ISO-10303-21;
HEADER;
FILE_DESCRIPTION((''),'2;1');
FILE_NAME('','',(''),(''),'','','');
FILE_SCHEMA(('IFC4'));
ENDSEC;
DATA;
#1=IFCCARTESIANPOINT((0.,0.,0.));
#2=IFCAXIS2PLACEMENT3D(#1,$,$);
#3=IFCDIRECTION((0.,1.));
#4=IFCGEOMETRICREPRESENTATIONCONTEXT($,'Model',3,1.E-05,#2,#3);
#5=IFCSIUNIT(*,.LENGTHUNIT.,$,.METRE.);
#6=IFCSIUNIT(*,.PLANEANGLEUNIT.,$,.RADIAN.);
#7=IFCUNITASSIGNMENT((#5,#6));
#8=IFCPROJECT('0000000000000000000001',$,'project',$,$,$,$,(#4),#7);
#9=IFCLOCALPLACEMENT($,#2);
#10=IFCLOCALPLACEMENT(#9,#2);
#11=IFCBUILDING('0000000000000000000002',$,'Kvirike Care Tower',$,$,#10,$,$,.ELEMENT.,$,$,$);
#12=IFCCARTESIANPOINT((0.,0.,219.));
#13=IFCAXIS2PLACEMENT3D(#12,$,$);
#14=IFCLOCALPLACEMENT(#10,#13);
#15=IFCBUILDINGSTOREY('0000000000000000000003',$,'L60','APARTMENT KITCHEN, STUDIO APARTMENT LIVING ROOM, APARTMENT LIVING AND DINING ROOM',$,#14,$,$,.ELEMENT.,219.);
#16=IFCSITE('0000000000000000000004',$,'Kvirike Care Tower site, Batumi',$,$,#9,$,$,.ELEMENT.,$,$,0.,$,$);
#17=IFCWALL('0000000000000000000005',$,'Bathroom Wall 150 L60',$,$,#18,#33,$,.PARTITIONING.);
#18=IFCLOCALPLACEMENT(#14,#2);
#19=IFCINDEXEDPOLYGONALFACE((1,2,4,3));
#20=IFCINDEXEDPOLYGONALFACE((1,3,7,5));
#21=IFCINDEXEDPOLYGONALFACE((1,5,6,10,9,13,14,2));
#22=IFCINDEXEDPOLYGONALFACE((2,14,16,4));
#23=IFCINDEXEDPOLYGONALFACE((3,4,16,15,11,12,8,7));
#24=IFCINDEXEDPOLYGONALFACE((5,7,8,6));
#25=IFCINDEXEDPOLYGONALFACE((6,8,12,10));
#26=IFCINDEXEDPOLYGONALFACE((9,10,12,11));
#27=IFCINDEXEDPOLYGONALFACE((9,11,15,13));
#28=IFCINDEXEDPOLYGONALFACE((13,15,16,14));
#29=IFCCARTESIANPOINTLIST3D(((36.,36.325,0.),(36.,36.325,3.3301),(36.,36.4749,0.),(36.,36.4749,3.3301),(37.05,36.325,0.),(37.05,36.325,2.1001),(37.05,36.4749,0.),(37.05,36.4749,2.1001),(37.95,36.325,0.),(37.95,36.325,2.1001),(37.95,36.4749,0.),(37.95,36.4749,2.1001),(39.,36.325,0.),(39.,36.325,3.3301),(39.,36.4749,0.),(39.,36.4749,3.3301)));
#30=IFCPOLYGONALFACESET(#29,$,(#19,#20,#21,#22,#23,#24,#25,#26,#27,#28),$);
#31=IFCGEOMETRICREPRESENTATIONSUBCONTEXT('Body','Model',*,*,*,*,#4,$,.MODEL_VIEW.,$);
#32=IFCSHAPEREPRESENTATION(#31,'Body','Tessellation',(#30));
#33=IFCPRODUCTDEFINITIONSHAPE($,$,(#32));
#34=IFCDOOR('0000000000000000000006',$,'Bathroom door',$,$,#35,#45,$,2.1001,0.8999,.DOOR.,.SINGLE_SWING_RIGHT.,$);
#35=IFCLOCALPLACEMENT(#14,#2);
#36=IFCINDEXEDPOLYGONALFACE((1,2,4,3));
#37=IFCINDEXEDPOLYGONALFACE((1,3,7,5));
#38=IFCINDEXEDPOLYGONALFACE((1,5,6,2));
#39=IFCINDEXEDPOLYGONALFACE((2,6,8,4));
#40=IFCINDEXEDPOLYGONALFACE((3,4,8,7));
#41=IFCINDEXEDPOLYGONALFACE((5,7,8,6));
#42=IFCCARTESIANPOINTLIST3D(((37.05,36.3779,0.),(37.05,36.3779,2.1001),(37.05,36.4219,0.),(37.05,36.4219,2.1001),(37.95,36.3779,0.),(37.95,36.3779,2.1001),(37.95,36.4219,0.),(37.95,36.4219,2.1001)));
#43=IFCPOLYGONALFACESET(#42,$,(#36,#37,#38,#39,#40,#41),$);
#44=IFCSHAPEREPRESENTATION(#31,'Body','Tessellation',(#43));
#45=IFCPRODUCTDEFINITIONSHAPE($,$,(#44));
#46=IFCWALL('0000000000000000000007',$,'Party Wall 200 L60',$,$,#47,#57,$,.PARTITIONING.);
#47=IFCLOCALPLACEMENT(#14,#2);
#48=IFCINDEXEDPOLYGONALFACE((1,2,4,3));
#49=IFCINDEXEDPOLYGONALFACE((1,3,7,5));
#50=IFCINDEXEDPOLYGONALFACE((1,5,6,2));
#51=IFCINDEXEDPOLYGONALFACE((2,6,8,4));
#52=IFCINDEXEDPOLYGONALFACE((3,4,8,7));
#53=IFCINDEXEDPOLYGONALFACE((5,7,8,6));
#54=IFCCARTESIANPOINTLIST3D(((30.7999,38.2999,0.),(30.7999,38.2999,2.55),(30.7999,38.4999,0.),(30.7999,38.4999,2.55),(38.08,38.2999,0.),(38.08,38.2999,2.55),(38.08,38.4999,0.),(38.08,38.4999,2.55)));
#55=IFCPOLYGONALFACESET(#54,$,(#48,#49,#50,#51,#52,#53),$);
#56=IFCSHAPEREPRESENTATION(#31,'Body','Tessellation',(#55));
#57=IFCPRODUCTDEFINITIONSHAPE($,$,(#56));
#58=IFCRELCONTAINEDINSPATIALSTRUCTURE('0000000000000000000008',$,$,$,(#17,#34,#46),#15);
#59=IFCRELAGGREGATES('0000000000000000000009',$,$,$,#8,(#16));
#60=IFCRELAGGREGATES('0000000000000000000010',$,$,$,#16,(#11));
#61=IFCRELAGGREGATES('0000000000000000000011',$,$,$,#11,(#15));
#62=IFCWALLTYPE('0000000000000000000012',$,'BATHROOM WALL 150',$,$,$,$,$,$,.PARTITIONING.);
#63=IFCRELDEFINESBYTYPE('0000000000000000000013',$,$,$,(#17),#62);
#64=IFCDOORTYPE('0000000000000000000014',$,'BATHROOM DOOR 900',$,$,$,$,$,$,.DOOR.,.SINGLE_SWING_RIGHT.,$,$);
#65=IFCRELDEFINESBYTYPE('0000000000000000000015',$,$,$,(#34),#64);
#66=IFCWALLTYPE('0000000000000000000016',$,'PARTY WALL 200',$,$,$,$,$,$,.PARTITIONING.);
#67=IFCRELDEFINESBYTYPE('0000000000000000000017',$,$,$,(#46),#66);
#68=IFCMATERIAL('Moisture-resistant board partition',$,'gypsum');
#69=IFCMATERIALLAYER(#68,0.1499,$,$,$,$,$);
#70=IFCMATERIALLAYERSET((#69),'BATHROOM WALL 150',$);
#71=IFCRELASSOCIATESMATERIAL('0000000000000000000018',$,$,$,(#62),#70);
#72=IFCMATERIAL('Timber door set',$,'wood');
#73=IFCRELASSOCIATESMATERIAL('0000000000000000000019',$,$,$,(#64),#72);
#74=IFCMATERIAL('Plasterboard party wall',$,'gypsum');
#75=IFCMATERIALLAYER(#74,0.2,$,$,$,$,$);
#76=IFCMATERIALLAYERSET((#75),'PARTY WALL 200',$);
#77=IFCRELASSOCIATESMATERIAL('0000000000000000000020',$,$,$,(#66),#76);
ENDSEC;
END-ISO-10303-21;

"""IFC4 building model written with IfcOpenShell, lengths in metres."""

from ifc_helpers import new_model, si_unit, direction, frame, frame_2d, origin, place, context, subcontext, project, spatial, rectangle, extrude, material, layer, layer_set, type_object, element, fill, save


model = new_model("IFC4")

# Units and contexts
model_context = context("Model", 3, precision=1e-05, world=origin(), true_north=direction((0.0, 1.0)))
body_context = subcontext(model_context, "Body", "Model", "MODEL_VIEW")
ifc_project = project(units=[si_unit("LENGTHUNIT", "METRE"), si_unit("PLANEANGLEUNIT", "RADIAN")], contexts=[model_context])

# Site, building, storey
site_placement = place(None, origin())
site = spatial("IfcSite", under=ifc_project, at=site_placement, Name="Kvirike Care Tower site, Batumi", CompositionType="ELEMENT", RefElevation=0.0)
building_placement = place(site_placement, origin())
building = spatial("IfcBuilding", under=site, at=building_placement, Name="Kvirike Care Tower", CompositionType="ELEMENT")
storey_placement = place(building_placement, frame((0.0, 0.0, 219.0)))
storey = spatial("IfcBuildingStorey", under=building, at=storey_placement, Name="L60", Description="APARTMENT KITCHEN, STUDIO APARTMENT LIVING ROOM, APARTMENT LIVING AND DINING ROOM", CompositionType="ELEMENT", Elevation=219.0)

# Wall, opening, door
ifc_material_1 = material(Name="Moisture-resistant board partition", Category="gypsum")
ifc_layer_1 = layer(ifc_material_1, 0.1499)
ifc_layer_set_1 = layer_set([ifc_layer_1], Name="BATHROOM WALL 150")
wall_type_1 = type_object("IfcWallType", Name="BATHROOM WALL 150", PredefinedType="PARTITIONING", material=ifc_layer_set_1)
wall_1_placement = place(storey_placement, frame((39.0, 36.3999, 0.0), z_axis=(0.0, 0.0, 1.0), x_axis=(-1.0, 0.0, 0.0)))
wall_1 = element("IfcWall", 1, at=wall_1_placement, inside=storey, type_object=wall_type_1, Name="Bathroom Wall 150 L60", PredefinedType="PARTITIONING", context=body_context, shape_type="SweptSolid", body=[
    extrude(rectangle(XDim=3.0, YDim=0.1499, at=frame_2d((1.5, 0.0))), origin(), (0.0, 0.0, 1.0), 3.3301),
])
opening_placement = place(wall_1_placement, frame((1.05, 0.0, 0.0)))
opening = element("IfcOpeningElement", 2, at=opening_placement, cuts=wall_1, PredefinedType="OPENING", context=body_context, shape_type="SweptSolid", body=[
    extrude(rectangle(XDim=0.8999, YDim=2.1001, at=frame_2d((0.45, 1.05))), frame((0.0, 0.0854, 0.0), z_axis=(0.0, -1.0, 0.0), x_axis=(1.0, 0.0, 0.0)), (0.0, 0.0, 1.0), 0.1709),
])
ifc_material_2 = material(Name="Timber door set", Category="wood")
door_type = type_object("IfcDoorType", Name="BATHROOM DOOR 900", OperationType="SINGLE_SWING_RIGHT", PredefinedType="DOOR", material=ifc_material_2)
door_placement = place(opening_placement, origin())
door = element("IfcDoor", 3, at=door_placement, inside=storey, type_object=door_type, Name="Bathroom door", OperationType="SINGLE_SWING_RIGHT", OverallHeight=2.1001, OverallWidth=0.8999, PredefinedType="DOOR", context=body_context, shape_type="SweptSolid", body=[
    extrude(rectangle(XDim=0.8999, YDim=2.1001, at=frame_2d((0.45, 1.05))), frame((0.0, 0.022, 0.0), z_axis=(0.0, -1.0, 0.0), x_axis=(1.0, 0.0, 0.0)), (0.0, 0.0, 1.0), 0.0439),
])
fill(opening, door)

# Wall
ifc_material_3 = material(Name="Plasterboard party wall", Category="gypsum")
ifc_layer_2 = layer(ifc_material_3, 0.2)
ifc_layer_set_2 = layer_set([ifc_layer_2], Name="PARTY WALL 200")
wall_type_2 = type_object("IfcWallType", Name="PARTY WALL 200", PredefinedType="PARTITIONING", material=ifc_layer_set_2)
wall_2_placement = place(storey_placement, frame((38.0801, 38.3999, 0.0), z_axis=(0.0, 0.0, 1.0), x_axis=(-1.0, 0.0, 0.0)))
element("IfcWall", 4, at=wall_2_placement, inside=storey, type_object=wall_type_2, Name="Party Wall 200 L60", PredefinedType="PARTITIONING", context=body_context, shape_type="SweptSolid", body=[
    extrude(rectangle(XDim=7.28, YDim=0.2, at=frame_2d((3.6401, 0.0))), origin(), (0.0, 0.0, 1.0), 2.55),
])

save(model, "model.ifc")
